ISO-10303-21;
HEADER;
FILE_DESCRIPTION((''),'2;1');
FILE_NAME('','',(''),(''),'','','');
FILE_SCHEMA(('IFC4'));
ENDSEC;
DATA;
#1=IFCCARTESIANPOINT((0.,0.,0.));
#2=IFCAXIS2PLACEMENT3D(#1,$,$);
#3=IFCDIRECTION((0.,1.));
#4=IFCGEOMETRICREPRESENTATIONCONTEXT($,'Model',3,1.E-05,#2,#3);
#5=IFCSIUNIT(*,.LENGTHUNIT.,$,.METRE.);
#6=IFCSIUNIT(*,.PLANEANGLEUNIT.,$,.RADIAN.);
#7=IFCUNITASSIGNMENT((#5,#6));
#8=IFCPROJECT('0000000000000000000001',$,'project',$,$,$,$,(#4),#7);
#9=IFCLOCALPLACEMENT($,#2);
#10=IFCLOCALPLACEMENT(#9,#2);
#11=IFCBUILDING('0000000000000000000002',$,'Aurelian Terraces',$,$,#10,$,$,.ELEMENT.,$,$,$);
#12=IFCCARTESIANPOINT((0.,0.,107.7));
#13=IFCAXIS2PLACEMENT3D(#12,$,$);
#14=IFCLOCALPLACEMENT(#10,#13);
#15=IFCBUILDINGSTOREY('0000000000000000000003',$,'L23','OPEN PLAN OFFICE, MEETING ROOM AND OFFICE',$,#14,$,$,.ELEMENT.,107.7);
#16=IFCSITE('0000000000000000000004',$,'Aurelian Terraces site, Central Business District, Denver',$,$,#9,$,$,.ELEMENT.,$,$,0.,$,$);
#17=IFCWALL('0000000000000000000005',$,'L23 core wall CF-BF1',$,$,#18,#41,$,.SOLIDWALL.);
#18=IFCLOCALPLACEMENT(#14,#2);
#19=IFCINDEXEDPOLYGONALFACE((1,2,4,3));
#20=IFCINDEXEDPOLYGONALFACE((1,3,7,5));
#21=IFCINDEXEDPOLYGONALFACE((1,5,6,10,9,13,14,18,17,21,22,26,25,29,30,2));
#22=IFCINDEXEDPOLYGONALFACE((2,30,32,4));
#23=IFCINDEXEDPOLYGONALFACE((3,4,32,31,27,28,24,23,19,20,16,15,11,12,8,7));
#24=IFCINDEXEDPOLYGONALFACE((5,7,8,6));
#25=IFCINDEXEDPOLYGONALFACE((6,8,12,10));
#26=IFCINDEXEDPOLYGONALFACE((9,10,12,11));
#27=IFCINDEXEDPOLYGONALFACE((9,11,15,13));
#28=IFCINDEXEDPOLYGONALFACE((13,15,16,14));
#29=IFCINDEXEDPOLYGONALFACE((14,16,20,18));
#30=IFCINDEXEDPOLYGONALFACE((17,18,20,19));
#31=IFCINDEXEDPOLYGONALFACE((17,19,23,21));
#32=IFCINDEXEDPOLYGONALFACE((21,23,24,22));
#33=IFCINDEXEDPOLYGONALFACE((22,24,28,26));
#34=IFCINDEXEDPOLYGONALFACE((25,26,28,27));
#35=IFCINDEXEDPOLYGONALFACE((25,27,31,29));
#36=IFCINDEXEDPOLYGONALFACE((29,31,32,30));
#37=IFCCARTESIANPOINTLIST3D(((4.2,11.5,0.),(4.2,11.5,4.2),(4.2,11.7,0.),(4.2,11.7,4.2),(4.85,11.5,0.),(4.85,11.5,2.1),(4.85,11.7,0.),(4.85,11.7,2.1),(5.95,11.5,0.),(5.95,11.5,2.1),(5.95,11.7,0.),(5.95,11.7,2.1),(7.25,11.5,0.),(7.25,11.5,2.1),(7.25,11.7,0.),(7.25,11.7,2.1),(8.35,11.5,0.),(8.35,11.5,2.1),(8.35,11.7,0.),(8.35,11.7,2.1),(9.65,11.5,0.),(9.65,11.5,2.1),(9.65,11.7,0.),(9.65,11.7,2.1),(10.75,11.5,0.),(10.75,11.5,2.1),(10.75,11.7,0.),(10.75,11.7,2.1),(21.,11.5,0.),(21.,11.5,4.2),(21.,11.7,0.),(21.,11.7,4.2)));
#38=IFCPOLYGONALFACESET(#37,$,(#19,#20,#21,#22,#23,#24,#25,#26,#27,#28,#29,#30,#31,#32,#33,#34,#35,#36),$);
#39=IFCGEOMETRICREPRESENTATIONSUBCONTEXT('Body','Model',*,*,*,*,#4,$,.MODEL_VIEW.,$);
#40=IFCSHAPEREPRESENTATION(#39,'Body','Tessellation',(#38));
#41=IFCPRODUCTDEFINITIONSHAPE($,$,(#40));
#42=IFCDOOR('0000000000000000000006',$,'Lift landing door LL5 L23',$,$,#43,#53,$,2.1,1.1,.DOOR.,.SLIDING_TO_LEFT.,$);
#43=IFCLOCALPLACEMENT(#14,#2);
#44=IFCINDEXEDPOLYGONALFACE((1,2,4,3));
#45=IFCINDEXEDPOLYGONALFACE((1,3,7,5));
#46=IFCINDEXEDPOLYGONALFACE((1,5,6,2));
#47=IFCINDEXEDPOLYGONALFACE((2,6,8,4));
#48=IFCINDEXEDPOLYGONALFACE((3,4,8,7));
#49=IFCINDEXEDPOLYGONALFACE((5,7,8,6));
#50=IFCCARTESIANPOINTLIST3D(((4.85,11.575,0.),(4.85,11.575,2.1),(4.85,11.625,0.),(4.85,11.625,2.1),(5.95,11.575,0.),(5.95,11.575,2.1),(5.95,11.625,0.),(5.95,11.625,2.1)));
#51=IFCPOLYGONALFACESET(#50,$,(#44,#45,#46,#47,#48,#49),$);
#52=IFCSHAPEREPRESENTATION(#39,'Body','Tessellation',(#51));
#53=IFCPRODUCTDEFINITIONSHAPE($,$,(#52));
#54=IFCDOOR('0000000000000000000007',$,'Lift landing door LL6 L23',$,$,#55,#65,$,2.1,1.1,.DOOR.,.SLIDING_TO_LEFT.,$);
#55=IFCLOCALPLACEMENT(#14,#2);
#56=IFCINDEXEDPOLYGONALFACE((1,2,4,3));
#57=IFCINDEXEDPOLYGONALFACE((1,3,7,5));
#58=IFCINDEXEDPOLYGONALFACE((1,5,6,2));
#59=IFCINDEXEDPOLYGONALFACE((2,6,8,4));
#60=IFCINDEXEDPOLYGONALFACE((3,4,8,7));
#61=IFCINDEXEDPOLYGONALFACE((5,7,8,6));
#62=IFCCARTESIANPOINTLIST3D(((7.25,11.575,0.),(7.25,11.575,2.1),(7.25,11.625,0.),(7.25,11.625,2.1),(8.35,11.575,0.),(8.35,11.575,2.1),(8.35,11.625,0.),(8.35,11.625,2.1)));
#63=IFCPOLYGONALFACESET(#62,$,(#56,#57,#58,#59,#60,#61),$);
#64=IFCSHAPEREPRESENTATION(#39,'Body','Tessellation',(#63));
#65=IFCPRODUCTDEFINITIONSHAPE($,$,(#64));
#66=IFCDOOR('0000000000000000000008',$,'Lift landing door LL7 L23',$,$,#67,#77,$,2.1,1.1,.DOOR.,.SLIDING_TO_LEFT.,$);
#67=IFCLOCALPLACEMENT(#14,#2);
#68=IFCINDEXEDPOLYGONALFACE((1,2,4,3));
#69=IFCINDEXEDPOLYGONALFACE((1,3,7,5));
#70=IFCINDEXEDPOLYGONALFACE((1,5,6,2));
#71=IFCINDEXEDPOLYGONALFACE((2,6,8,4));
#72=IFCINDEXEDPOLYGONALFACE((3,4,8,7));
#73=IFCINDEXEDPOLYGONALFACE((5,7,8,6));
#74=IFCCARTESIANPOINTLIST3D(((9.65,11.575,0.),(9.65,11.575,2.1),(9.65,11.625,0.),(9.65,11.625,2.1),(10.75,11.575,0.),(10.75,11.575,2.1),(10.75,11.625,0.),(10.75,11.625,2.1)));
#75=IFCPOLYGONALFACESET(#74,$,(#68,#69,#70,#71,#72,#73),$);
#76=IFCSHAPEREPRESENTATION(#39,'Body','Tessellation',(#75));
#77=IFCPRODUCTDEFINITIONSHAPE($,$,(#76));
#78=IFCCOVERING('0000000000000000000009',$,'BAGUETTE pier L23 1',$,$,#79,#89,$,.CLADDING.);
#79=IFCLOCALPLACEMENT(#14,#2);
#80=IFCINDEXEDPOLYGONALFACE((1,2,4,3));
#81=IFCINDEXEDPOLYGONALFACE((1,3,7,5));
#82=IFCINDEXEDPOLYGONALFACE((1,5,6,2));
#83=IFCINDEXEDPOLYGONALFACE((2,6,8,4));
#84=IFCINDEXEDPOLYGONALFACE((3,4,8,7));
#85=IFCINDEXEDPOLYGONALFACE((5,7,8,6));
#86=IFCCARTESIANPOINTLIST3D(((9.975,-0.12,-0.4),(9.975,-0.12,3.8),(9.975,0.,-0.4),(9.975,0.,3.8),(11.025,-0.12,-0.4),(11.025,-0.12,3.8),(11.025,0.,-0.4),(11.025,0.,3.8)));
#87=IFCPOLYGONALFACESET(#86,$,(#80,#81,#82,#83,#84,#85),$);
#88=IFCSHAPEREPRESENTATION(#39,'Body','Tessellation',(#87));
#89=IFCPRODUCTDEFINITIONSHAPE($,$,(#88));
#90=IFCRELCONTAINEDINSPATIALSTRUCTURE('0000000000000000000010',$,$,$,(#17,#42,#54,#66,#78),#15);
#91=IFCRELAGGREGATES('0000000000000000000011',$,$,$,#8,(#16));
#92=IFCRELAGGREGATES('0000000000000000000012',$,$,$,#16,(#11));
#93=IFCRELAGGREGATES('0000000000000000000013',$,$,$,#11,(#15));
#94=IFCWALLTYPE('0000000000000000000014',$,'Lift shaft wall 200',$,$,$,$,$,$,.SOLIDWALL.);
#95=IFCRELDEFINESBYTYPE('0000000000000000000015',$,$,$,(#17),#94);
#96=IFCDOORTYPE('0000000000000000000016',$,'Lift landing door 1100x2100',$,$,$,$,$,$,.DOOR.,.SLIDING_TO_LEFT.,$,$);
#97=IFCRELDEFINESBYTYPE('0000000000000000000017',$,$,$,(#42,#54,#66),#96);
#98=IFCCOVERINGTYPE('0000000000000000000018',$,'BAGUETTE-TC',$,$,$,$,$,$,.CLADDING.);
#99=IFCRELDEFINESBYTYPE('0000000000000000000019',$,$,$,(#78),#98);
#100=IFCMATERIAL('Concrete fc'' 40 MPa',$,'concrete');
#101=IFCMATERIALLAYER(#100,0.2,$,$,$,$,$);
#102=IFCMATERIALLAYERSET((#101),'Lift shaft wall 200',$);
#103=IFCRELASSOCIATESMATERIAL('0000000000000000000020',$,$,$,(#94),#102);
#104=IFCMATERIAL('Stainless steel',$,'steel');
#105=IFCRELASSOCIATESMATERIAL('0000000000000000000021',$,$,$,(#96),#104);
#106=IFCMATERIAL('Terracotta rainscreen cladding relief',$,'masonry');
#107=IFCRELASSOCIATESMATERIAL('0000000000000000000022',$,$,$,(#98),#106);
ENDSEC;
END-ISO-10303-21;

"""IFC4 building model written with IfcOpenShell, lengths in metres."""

from ifc_helpers import new_model, si_unit, direction, frame, frame_2d, origin, origin_2d, place, context, subcontext, project, spatial, rectangle, extrude, source, transform, mapped, material, layer, layer_set, type_object, element, fill, save


model = new_model("IFC4")

# Units and contexts
model_context = context("Model", 3, precision=1e-05, world=origin(), true_north=direction((0.0, 1.0)))
body_context = subcontext(model_context, "Body", "Model", "MODEL_VIEW")
ifc_project = project(units=[si_unit("LENGTHUNIT", "METRE"), si_unit("PLANEANGLEUNIT", "RADIAN")], contexts=[model_context])

# Site, building, storey
site_placement = place(None, origin())
site = spatial("IfcSite", under=ifc_project, at=site_placement, Name="Aurelian Terraces site, Central Business District, Denver", CompositionType="ELEMENT", RefElevation=0.0)
building_placement = place(site_placement, origin())
building = spatial("IfcBuilding", under=site, at=building_placement, Name="Aurelian Terraces", CompositionType="ELEMENT")
storey_placement = place(building_placement, frame((0.0, 0.0, 107.7)))
storey = spatial("IfcBuildingStorey", under=building, at=storey_placement, Name="L23", Description="OPEN PLAN OFFICE, MEETING ROOM AND OFFICE", CompositionType="ELEMENT", Elevation=107.7)

# Shared definitions
ifc_material_1 = material(Name="Concrete fc' 40 MPa", Category="concrete")
ifc_layer_1 = layer(ifc_material_1, 0.2)
ifc_layer_set_1 = layer_set([ifc_layer_1], Name="Lift shaft wall 200")
wall_type_1 = type_object("IfcWallType", Name="Lift shaft wall 200", PredefinedType="SOLIDWALL", material=ifc_layer_set_1)

# Wall, openings, doors
shared_shape_1 = source(origin(), body_context, "Body", "SweptSolid", [
    extrude(rectangle(XDim=16.8, YDim=0.2, at=frame_2d((8.4, 0.0))), origin(), (0.0, 0.0, 1.0), 4.2),
])
shared_shape_2 = source(origin(), body_context, "Body", "SweptSolid", [
    extrude(rectangle(XDim=1.1, YDim=2.1, at=frame_2d((0.55, 1.05))), frame((0.0, 0.11, 0.0), z_axis=(0.0, -1.0, 0.0), x_axis=(1.0, 0.0, 0.0)), (0.0, 0.0, 1.0), 0.22),
])
ifc_material_2 = material(Name="Stainless steel", Category="steel")
door_type = type_object("IfcDoorType", Name="Lift landing door 1100x2100", OperationType="SLIDING_TO_LEFT", PredefinedType="DOOR", material=ifc_material_2)
shared_shape_3 = source(origin(), body_context, "Body", "SweptSolid", [
    extrude(rectangle(XDim=1.1, YDim=2.1, at=frame_2d((0.55, 1.05))), frame((0.0, 0.025, 0.0), z_axis=(0.0, -1.0, 0.0), x_axis=(1.0, 0.0, 0.0)), (0.0, 0.0, 1.0), 0.05),
])
wall_1_placement = place(storey_placement, frame((4.2, 11.6, 0.0), z_axis=(0.0, 0.0, 1.0), x_axis=(1.0, 0.0, 0.0)))
wall_1 = element("IfcWall", 1, at=wall_1_placement, inside=storey, type_object=wall_type_1, Name="L23 core wall CF-BF1", PredefinedType="SOLIDWALL", context=body_context, shape_type="MappedRepresentation", body=[
    mapped(shared_shape_1, transform((0.0, 0.0, 0.0), scale=1.0)),
])
opening_1_placement = place(wall_1_placement, frame((0.65, 0.0, 0.0)))
opening_1 = element("IfcOpeningElement", 2, at=opening_1_placement, cuts=wall_1, PredefinedType="OPENING", context=body_context, shape_type="MappedRepresentation", body=[
    mapped(shared_shape_2, transform((0.0, 0.0, 0.0), scale=1.0)),
])
opening_2_placement = place(wall_1_placement, frame((3.05, 0.0, 0.0)))
opening_2 = element("IfcOpeningElement", 3, at=opening_2_placement, cuts=wall_1, PredefinedType="OPENING", context=body_context, shape_type="MappedRepresentation", body=[
    mapped(shared_shape_2, transform((0.0, 0.0, 0.0), scale=1.0)),
])
opening_3_placement = place(wall_1_placement, frame((5.45, 0.0, 0.0)))
opening_3 = element("IfcOpeningElement", 4, at=opening_3_placement, cuts=wall_1, PredefinedType="OPENING", context=body_context, shape_type="MappedRepresentation", body=[
    mapped(shared_shape_2, transform((0.0, 0.0, 0.0), scale=1.0)),
])
door_1_placement = place(opening_1_placement, origin())
door_1 = element("IfcDoor", 5, at=door_1_placement, inside=storey, type_object=door_type, Name="Lift landing door LL5 L23", OperationType="SLIDING_TO_LEFT", OverallHeight=2.1, OverallWidth=1.1, PredefinedType="DOOR", context=body_context, shape_type="MappedRepresentation", body=[
    mapped(shared_shape_3, transform((0.0, 0.0, 0.0), scale=1.0)),
])
fill(opening_1, door_1)
door_2_placement = place(opening_2_placement, origin())
door_2 = element("IfcDoor", 6, at=door_2_placement, inside=storey, type_object=door_type, Name="Lift landing door LL6 L23", OperationType="SLIDING_TO_LEFT", OverallHeight=2.1, OverallWidth=1.1, PredefinedType="DOOR", context=body_context, shape_type="MappedRepresentation", body=[
    mapped(shared_shape_3, transform((0.0, 0.0, 0.0), scale=1.0)),
])
fill(opening_2, door_2)
door_3_placement = place(opening_3_placement, origin())
door_3 = element("IfcDoor", 7, at=door_3_placement, inside=storey, type_object=door_type, Name="Lift landing door LL7 L23", OperationType="SLIDING_TO_LEFT", OverallHeight=2.1, OverallWidth=1.1, PredefinedType="DOOR", context=body_context, shape_type="MappedRepresentation", body=[
    mapped(shared_shape_3, transform((0.0, 0.0, 0.0), scale=1.0)),
])
fill(opening_3, door_3)

# Covering
ifc_material_3 = material(Name="Terracotta rainscreen cladding relief", Category="masonry")
covering_type = type_object("IfcCoveringType", Name="BAGUETTE-TC", PredefinedType="CLADDING", material=ifc_material_3)
shared_shape_4 = source(origin(), body_context, "Body", "SweptSolid", [
    extrude(rectangle(XDim=1.05, YDim=0.12, at=origin_2d()), origin(), (0.0, 0.0, 1.0), 4.2),
])
covering_placement = place(storey_placement, frame((10.5, -0.06, -0.4), z_axis=(0.0, 0.0, 1.0), x_axis=(1.0, 0.0, 0.0)))
element("IfcCovering", 8, at=covering_placement, inside=storey, type_object=covering_type, Name="BAGUETTE pier L23 1", PredefinedType="CLADDING", context=body_context, shape_type="MappedRepresentation", body=[
    mapped(shared_shape_4, transform((0.0, 0.0, 0.0), scale=1.0)),
])

save(model, "model.ifc")
